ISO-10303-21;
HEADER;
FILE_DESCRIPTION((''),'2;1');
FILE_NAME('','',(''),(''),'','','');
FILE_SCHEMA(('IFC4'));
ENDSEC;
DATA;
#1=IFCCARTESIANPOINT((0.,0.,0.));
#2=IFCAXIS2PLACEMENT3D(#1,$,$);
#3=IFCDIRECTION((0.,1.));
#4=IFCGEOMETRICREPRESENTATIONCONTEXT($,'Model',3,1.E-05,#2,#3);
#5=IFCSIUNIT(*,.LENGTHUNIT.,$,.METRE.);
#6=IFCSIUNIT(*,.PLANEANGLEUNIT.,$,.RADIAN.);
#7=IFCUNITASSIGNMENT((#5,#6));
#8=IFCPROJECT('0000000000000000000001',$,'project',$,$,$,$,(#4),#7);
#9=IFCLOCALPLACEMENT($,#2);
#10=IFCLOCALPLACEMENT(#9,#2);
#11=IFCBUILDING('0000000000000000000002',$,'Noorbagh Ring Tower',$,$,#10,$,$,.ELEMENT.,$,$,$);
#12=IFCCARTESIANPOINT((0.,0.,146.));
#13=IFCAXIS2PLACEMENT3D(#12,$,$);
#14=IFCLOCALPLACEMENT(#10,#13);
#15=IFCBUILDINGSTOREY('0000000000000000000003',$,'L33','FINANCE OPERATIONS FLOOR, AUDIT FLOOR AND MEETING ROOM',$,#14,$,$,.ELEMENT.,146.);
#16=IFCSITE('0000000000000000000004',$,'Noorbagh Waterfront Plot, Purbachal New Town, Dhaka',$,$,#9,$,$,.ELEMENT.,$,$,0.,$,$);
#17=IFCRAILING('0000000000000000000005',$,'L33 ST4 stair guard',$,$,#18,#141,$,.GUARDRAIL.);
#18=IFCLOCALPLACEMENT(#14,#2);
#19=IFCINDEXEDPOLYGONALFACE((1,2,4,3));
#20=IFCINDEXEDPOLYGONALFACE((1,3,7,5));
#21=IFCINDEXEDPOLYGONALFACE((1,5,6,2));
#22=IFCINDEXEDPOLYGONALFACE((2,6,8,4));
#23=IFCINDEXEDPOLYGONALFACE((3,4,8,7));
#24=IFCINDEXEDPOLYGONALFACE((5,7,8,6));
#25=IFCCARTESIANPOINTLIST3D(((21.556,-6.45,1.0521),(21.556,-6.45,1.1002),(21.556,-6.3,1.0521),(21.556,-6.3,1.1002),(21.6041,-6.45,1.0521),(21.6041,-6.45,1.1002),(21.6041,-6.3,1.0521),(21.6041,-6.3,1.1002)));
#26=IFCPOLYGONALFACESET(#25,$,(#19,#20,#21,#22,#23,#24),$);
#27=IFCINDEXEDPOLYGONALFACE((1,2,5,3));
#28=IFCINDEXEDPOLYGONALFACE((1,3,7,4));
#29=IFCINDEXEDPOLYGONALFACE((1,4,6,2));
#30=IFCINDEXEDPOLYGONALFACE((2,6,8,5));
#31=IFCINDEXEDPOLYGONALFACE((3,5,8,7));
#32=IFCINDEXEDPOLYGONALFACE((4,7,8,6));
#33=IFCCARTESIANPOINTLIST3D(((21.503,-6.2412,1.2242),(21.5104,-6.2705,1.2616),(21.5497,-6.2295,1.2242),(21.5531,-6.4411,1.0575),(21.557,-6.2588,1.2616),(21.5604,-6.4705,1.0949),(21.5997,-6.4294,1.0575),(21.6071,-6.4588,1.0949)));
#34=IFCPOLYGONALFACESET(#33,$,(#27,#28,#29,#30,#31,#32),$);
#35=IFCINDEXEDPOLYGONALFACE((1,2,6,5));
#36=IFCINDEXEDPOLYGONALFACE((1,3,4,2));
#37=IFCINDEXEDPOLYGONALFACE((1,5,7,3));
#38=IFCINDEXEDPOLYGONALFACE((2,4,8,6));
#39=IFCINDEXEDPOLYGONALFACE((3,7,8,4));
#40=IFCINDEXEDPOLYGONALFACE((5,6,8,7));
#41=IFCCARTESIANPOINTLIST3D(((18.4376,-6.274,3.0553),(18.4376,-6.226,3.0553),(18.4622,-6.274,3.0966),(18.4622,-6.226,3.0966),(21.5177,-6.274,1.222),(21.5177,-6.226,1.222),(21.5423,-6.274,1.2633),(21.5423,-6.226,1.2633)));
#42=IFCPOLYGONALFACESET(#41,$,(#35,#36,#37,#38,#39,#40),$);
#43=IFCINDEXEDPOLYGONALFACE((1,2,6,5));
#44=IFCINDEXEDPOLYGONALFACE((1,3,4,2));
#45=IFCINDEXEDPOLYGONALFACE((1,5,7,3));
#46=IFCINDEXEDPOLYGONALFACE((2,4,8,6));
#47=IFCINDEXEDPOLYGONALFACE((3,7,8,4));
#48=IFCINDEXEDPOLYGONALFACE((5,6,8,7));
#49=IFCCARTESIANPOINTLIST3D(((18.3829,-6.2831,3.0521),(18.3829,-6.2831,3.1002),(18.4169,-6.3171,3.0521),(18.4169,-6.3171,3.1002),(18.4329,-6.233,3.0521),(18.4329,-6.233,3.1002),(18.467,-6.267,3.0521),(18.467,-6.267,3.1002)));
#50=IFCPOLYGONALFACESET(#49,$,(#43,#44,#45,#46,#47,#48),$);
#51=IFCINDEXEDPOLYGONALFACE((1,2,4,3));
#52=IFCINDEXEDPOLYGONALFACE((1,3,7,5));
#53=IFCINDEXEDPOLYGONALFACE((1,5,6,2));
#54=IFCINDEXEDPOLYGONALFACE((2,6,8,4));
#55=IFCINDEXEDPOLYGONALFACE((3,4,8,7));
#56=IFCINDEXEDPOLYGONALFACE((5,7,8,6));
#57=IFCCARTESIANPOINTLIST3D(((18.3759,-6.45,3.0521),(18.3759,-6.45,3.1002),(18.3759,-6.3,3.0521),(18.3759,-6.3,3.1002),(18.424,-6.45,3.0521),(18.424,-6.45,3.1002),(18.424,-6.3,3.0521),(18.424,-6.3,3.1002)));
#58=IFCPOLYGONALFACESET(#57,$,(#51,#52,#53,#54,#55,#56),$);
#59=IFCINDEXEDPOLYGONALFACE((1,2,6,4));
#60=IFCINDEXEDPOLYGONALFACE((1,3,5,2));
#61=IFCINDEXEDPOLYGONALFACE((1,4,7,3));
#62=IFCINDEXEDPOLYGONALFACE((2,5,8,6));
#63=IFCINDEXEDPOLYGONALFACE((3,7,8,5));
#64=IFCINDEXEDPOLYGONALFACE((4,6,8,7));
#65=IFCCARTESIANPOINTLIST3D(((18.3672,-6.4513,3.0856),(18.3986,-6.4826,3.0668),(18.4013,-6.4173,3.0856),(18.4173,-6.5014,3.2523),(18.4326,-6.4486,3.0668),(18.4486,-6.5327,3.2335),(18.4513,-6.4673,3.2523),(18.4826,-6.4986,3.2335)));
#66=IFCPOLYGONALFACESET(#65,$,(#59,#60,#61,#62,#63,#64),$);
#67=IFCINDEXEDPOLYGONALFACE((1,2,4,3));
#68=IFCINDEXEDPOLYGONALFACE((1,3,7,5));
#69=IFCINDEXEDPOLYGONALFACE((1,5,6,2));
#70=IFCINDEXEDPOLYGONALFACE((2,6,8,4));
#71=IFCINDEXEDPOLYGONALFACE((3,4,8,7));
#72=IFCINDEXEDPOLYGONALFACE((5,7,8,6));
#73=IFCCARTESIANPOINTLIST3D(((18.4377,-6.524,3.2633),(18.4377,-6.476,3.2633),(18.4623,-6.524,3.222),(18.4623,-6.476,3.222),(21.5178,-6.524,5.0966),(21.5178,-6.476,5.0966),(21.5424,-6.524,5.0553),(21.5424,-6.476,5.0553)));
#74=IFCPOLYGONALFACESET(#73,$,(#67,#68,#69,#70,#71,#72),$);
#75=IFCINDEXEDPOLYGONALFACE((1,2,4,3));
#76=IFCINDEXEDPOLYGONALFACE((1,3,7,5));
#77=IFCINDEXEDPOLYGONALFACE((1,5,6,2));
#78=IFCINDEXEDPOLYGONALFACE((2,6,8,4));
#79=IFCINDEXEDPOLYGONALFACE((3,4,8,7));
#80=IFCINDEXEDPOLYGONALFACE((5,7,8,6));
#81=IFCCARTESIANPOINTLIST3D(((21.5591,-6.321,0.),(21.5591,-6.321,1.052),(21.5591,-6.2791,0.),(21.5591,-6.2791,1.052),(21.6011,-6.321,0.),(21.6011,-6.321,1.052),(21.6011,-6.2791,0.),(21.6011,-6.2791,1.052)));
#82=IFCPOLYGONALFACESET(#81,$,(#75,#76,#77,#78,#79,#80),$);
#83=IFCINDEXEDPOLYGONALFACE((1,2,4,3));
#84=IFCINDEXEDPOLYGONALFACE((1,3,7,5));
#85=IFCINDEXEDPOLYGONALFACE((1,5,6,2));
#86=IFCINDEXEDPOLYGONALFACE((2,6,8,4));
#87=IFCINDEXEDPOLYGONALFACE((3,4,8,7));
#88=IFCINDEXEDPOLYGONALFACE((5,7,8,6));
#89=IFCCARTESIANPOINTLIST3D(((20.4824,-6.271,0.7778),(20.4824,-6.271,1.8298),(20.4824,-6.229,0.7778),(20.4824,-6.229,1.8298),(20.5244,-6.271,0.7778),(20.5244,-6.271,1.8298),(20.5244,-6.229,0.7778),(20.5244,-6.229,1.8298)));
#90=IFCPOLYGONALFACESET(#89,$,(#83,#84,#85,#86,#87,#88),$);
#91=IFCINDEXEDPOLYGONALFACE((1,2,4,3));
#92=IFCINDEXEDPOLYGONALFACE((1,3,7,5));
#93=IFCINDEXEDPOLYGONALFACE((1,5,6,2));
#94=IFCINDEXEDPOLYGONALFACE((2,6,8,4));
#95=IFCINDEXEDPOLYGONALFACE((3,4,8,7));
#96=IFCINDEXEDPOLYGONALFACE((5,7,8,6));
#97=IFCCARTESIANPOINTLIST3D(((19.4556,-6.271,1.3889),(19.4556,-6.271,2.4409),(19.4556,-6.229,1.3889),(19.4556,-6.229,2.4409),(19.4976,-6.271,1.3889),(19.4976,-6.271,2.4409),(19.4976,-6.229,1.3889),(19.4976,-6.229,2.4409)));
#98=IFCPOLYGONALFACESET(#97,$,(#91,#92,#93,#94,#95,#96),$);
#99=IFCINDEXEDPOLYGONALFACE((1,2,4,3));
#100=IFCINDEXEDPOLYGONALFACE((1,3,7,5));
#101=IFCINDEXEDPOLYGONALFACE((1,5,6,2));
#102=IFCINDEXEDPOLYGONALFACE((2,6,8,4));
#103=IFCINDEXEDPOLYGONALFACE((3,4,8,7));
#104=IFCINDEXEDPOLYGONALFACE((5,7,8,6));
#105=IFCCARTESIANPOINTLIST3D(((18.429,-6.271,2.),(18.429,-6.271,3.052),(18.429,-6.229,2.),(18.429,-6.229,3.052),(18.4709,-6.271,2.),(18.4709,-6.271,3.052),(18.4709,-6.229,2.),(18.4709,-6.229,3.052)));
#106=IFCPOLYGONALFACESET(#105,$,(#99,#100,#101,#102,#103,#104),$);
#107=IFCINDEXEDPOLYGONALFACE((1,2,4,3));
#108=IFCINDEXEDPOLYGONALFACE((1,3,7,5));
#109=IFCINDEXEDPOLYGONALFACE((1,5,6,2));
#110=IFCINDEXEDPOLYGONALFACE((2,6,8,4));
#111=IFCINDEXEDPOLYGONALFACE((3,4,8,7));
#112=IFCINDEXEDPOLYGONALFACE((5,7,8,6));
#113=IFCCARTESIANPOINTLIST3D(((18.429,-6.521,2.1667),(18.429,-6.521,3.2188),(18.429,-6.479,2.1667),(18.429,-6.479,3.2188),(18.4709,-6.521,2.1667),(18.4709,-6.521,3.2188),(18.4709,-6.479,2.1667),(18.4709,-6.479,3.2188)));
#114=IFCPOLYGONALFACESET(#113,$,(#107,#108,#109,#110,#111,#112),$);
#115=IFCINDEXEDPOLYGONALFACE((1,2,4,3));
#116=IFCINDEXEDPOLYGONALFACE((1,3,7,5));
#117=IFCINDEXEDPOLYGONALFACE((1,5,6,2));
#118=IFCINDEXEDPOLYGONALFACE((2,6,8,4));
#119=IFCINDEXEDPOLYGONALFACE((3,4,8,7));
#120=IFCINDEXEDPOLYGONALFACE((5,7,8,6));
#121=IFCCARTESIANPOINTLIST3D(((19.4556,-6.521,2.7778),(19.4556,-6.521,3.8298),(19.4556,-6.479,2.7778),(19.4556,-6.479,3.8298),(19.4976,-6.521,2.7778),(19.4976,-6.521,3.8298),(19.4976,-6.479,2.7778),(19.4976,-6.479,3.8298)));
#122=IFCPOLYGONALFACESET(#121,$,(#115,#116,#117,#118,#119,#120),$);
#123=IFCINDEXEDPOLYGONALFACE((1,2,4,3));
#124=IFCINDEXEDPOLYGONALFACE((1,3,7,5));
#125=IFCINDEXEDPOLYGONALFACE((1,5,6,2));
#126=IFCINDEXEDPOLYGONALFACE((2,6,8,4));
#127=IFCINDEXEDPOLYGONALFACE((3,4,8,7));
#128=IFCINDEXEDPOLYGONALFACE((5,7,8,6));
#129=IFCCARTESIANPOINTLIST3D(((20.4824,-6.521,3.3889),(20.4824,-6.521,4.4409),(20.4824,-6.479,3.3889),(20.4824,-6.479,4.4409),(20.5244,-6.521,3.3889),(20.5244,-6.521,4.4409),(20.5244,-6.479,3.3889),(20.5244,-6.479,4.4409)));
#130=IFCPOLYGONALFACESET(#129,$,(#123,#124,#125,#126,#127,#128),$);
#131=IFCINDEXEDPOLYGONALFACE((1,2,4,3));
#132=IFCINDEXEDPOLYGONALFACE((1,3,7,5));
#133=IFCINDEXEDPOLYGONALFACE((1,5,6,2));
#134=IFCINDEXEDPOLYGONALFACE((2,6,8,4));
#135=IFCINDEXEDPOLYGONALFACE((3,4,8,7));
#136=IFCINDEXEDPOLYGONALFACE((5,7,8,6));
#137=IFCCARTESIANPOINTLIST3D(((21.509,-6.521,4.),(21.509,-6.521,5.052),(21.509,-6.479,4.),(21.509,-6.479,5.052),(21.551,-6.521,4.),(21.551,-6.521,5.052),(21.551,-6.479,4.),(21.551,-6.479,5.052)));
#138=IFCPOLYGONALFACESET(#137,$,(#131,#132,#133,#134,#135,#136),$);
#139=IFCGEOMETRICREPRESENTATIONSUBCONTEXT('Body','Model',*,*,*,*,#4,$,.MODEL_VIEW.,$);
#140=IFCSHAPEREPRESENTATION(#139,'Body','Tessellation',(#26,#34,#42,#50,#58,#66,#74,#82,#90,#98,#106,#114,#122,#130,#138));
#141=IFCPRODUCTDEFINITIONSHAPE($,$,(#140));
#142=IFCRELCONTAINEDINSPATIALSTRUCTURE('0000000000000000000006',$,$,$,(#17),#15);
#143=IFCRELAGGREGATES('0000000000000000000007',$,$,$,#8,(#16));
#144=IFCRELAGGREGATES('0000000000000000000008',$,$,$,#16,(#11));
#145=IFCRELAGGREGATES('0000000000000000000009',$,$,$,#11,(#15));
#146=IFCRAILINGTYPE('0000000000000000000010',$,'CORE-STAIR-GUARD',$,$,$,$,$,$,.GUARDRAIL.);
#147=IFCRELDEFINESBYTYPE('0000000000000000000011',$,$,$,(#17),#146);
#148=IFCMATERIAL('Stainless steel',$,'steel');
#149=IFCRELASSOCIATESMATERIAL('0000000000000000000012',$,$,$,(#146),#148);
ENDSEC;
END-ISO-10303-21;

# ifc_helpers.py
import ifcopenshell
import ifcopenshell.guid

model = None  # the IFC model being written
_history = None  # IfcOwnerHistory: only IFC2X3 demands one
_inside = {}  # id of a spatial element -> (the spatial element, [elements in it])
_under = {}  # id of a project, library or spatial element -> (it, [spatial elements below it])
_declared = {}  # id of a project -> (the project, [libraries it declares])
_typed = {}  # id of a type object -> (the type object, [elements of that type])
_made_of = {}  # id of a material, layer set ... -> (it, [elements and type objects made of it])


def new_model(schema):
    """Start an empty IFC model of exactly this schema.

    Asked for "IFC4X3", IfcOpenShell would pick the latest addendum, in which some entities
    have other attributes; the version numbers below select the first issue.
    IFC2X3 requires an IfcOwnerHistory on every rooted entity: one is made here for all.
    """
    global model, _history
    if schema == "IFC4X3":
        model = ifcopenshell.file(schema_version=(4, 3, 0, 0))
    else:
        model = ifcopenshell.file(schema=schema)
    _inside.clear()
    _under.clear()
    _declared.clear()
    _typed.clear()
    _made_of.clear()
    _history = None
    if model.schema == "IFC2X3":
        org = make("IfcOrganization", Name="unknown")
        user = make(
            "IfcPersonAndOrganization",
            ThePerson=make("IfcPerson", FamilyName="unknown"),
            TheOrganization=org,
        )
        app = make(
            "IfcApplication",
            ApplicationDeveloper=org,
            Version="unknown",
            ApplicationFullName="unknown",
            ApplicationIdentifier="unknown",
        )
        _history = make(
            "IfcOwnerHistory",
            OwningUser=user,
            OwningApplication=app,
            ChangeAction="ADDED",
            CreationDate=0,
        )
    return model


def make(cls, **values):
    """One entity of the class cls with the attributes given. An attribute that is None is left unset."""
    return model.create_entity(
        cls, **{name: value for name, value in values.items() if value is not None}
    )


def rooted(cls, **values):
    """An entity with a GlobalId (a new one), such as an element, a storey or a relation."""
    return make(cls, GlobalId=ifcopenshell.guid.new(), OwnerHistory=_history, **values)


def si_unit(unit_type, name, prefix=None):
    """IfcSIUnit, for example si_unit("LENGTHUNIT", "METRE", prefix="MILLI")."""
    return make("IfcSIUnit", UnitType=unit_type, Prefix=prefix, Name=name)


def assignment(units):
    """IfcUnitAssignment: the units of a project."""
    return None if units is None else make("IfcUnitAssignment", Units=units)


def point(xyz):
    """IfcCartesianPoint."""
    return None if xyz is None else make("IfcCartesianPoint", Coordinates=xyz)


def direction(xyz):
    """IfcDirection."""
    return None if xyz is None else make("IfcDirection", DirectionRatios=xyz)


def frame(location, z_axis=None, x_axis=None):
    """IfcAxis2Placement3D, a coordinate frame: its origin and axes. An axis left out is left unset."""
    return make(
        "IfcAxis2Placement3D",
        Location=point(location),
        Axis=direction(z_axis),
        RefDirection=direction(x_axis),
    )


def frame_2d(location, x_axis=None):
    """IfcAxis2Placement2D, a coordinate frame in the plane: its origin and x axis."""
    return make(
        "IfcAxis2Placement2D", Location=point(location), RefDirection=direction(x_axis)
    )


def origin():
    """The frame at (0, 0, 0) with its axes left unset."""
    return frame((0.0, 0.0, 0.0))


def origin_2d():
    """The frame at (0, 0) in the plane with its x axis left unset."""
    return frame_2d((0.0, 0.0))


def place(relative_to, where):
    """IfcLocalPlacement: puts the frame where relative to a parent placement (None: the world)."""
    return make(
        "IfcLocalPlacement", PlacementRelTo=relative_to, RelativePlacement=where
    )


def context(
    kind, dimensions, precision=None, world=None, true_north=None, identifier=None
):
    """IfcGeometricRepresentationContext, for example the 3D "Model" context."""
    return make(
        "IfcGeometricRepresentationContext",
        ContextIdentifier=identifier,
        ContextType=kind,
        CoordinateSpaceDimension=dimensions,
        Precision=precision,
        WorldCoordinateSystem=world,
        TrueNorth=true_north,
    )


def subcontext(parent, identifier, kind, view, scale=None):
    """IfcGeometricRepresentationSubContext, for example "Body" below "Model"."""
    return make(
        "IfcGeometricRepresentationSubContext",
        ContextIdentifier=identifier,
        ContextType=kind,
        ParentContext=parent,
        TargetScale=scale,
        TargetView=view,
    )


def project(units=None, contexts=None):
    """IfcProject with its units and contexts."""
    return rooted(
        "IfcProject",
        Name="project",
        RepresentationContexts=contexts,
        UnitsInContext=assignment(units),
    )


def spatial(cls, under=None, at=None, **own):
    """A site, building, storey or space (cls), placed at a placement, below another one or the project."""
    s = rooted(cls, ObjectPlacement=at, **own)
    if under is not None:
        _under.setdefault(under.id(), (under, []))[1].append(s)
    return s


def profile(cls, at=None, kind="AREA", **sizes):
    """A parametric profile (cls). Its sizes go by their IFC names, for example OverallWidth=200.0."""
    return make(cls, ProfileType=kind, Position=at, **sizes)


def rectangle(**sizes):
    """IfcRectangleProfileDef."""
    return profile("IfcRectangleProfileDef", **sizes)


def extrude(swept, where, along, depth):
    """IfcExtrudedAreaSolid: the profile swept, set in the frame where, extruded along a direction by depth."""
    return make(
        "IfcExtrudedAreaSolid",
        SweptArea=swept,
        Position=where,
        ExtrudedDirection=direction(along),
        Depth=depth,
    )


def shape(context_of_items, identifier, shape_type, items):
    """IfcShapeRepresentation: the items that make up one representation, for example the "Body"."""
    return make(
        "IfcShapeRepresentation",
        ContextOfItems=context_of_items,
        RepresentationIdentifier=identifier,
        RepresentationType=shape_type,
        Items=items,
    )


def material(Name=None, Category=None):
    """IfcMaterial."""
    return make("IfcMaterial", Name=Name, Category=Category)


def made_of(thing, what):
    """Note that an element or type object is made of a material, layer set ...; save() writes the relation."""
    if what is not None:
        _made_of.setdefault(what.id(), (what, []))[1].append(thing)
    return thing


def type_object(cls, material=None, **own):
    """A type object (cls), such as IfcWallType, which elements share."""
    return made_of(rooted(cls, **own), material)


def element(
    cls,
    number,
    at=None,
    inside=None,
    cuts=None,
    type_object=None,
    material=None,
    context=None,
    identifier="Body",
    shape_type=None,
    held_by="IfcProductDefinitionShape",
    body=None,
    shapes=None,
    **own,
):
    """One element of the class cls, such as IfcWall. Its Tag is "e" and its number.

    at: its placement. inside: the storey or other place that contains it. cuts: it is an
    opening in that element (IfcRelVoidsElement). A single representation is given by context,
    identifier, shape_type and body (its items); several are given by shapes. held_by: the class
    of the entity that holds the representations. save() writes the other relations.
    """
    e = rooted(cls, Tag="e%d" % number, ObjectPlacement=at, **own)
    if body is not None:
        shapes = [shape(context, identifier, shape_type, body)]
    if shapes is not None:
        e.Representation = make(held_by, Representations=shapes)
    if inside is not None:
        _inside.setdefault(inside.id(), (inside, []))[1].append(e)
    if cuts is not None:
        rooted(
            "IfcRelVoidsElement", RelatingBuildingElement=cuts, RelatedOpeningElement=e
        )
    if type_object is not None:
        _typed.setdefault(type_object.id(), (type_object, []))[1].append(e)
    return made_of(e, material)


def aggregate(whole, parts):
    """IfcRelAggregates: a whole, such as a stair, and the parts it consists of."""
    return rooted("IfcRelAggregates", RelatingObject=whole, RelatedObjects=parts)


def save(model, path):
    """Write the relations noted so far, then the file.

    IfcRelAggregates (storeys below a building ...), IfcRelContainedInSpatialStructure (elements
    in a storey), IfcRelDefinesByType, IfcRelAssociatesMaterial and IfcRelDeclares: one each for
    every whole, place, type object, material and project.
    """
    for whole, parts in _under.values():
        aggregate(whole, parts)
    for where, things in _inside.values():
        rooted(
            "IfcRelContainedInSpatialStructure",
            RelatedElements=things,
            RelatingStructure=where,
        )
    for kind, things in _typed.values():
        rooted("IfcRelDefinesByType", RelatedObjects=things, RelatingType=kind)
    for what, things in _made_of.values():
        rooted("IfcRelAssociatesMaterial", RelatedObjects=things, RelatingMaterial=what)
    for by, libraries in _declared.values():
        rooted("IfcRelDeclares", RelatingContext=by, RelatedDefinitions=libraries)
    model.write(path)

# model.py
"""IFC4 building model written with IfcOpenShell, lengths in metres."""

from ifc_helpers import new_model, si_unit, direction, frame, origin, origin_2d, place, context, subcontext, project, spatial, rectangle, extrude, material, type_object, element, save


model = new_model("IFC4")

# Units and contexts
model_context = context("Model", 3, precision=1e-05, world=origin(), true_north=direction((0.0, 1.0)))
body_context = subcontext(model_context, "Body", "Model", "MODEL_VIEW")
ifc_project = project(units=[si_unit("LENGTHUNIT", "METRE"), si_unit("PLANEANGLEUNIT", "RADIAN")], contexts=[model_context])

# Site, building, storey
site_placement = place(None, origin())
site = spatial("IfcSite", under=ifc_project, at=site_placement, Name="Noorbagh Waterfront Plot, Purbachal New Town, Dhaka", CompositionType="ELEMENT", RefElevation=0.0)
building_placement = place(site_placement, origin())
building = spatial("IfcBuilding", under=site, at=building_placement, Name="Noorbagh Ring Tower", CompositionType="ELEMENT")
storey_placement = place(building_placement, frame((0.0, 0.0, 146.0)))
storey = spatial("IfcBuildingStorey", under=building, at=storey_placement, Name="L33", Description="FINANCE OPERATIONS FLOOR, AUDIT FLOOR AND MEETING ROOM", CompositionType="ELEMENT", Elevation=146.0)

# Railing
ifc_material_1 = material(Name="Stainless steel", Category="steel")
railing_type_1 = type_object("IfcRailingType", Name="CORE-STAIR-GUARD", PredefinedType="GUARDRAIL", material=ifc_material_1)
railing_1_placement = place(storey_placement, frame((21.5801, -6.3, 0.0)))
element("IfcRailing", 1, at=railing_1_placement, inside=storey, type_object=railing_type_1, Name="L33 ST4 stair guard", PredefinedType="GUARDRAIL", context=body_context, shape_type="SweptSolid", body=[
    extrude(rectangle(XDim=0.0481, YDim=0.0481, at=origin_2d()), frame((0.0, 0.0, 1.0762), z_axis=(0.0, -1.0, 0.0), x_axis=(1.0, 0.0, 0.0)), (0.0, 0.0, 1.0), 0.1499),
    extrude(rectangle(XDim=0.0481, YDim=0.0481, at=origin_2d()), frame((0.0, -0.1499, 1.0762), z_axis=(-0.188776, 0.754182, 0.628946), x_axis=(-0.970073, -0.242814, 0.0)), (0.0, 0.0, 1.0), 0.2651),
    extrude(rectangle(XDim=0.0481, YDim=0.0481, at=origin_2d()), frame((-0.05, 0.05, 1.2427), z_axis=(-0.859309, 0.0, 0.511458), x_axis=(0.0, -1.0, 0.0)), (0.0, 0.0, 1.0), 3.5845),
    extrude(rectangle(XDim=0.0481, YDim=0.0481, at=origin_2d()), frame((-3.1301, 0.05, 3.0762), z_axis=(-0.707107, -0.707107, 0.0), x_axis=(0.707107, -0.707107, 0.0)), (0.0, 0.0, 1.0), 0.0708),
    extrude(rectangle(XDim=0.0481, YDim=0.0481, at=origin_2d()), frame((-3.1802, 0.0, 3.0762), z_axis=(0.0, -1.0, 0.0), x_axis=(1.0, 0.0, 0.0)), (0.0, 0.0, 1.0), 0.1499),
    extrude(rectangle(XDim=0.0481, YDim=0.0481, at=origin_2d()), frame((-3.1802, -0.1499, 3.0762), z_axis=(0.276287, -0.276287, 0.920506), x_axis=(0.707107, 0.707107, 0.0)), (0.0, 0.0, 1.0), 0.1812),
    extrude(rectangle(XDim=0.0481, YDim=0.0481, at=origin_2d()), frame((-3.1301, -0.2, 3.2427), z_axis=(0.859309, 0.0, 0.511458), x_axis=(0.0, 1.0, 0.0)), (0.0, 0.0, 1.0), 3.5845),
    extrude(rectangle(XDim=0.042, YDim=0.042, at=origin_2d()), origin(), (0.0, 0.0, 1.0), 1.052),
    extrude(rectangle(XDim=0.042, YDim=0.042, at=origin_2d()), frame((-1.0767, 0.05, 0.7778)), (0.0, 0.0, 1.0), 1.052),
    extrude(rectangle(XDim=0.042, YDim=0.042, at=origin_2d()), frame((-2.1035, 0.05, 1.3889)), (0.0, 0.0, 1.0), 1.052),
    extrude(rectangle(XDim=0.042, YDim=0.042, at=origin_2d()), frame((-3.1301, 0.05, 2.0)), (0.0, 0.0, 1.0), 1.052),
    extrude(rectangle(XDim=0.042, YDim=0.042, at=origin_2d()), frame((-3.1301, -0.2, 2.1667)), (0.0, 0.0, 1.0), 1.052),
    extrude(rectangle(XDim=0.042, YDim=0.042, at=origin_2d()), frame((-2.1035, -0.2, 2.7778)), (0.0, 0.0, 1.0), 1.052),
    extrude(rectangle(XDim=0.042, YDim=0.042, at=origin_2d()), frame((-1.0767, -0.2, 3.3889)), (0.0, 0.0, 1.0), 1.052),
    extrude(rectangle(XDim=0.042, YDim=0.042, at=origin_2d()), frame((-0.05, -0.2, 4.0)), (0.0, 0.0, 1.0), 1.052),
])

save(model, "model.ifc")
